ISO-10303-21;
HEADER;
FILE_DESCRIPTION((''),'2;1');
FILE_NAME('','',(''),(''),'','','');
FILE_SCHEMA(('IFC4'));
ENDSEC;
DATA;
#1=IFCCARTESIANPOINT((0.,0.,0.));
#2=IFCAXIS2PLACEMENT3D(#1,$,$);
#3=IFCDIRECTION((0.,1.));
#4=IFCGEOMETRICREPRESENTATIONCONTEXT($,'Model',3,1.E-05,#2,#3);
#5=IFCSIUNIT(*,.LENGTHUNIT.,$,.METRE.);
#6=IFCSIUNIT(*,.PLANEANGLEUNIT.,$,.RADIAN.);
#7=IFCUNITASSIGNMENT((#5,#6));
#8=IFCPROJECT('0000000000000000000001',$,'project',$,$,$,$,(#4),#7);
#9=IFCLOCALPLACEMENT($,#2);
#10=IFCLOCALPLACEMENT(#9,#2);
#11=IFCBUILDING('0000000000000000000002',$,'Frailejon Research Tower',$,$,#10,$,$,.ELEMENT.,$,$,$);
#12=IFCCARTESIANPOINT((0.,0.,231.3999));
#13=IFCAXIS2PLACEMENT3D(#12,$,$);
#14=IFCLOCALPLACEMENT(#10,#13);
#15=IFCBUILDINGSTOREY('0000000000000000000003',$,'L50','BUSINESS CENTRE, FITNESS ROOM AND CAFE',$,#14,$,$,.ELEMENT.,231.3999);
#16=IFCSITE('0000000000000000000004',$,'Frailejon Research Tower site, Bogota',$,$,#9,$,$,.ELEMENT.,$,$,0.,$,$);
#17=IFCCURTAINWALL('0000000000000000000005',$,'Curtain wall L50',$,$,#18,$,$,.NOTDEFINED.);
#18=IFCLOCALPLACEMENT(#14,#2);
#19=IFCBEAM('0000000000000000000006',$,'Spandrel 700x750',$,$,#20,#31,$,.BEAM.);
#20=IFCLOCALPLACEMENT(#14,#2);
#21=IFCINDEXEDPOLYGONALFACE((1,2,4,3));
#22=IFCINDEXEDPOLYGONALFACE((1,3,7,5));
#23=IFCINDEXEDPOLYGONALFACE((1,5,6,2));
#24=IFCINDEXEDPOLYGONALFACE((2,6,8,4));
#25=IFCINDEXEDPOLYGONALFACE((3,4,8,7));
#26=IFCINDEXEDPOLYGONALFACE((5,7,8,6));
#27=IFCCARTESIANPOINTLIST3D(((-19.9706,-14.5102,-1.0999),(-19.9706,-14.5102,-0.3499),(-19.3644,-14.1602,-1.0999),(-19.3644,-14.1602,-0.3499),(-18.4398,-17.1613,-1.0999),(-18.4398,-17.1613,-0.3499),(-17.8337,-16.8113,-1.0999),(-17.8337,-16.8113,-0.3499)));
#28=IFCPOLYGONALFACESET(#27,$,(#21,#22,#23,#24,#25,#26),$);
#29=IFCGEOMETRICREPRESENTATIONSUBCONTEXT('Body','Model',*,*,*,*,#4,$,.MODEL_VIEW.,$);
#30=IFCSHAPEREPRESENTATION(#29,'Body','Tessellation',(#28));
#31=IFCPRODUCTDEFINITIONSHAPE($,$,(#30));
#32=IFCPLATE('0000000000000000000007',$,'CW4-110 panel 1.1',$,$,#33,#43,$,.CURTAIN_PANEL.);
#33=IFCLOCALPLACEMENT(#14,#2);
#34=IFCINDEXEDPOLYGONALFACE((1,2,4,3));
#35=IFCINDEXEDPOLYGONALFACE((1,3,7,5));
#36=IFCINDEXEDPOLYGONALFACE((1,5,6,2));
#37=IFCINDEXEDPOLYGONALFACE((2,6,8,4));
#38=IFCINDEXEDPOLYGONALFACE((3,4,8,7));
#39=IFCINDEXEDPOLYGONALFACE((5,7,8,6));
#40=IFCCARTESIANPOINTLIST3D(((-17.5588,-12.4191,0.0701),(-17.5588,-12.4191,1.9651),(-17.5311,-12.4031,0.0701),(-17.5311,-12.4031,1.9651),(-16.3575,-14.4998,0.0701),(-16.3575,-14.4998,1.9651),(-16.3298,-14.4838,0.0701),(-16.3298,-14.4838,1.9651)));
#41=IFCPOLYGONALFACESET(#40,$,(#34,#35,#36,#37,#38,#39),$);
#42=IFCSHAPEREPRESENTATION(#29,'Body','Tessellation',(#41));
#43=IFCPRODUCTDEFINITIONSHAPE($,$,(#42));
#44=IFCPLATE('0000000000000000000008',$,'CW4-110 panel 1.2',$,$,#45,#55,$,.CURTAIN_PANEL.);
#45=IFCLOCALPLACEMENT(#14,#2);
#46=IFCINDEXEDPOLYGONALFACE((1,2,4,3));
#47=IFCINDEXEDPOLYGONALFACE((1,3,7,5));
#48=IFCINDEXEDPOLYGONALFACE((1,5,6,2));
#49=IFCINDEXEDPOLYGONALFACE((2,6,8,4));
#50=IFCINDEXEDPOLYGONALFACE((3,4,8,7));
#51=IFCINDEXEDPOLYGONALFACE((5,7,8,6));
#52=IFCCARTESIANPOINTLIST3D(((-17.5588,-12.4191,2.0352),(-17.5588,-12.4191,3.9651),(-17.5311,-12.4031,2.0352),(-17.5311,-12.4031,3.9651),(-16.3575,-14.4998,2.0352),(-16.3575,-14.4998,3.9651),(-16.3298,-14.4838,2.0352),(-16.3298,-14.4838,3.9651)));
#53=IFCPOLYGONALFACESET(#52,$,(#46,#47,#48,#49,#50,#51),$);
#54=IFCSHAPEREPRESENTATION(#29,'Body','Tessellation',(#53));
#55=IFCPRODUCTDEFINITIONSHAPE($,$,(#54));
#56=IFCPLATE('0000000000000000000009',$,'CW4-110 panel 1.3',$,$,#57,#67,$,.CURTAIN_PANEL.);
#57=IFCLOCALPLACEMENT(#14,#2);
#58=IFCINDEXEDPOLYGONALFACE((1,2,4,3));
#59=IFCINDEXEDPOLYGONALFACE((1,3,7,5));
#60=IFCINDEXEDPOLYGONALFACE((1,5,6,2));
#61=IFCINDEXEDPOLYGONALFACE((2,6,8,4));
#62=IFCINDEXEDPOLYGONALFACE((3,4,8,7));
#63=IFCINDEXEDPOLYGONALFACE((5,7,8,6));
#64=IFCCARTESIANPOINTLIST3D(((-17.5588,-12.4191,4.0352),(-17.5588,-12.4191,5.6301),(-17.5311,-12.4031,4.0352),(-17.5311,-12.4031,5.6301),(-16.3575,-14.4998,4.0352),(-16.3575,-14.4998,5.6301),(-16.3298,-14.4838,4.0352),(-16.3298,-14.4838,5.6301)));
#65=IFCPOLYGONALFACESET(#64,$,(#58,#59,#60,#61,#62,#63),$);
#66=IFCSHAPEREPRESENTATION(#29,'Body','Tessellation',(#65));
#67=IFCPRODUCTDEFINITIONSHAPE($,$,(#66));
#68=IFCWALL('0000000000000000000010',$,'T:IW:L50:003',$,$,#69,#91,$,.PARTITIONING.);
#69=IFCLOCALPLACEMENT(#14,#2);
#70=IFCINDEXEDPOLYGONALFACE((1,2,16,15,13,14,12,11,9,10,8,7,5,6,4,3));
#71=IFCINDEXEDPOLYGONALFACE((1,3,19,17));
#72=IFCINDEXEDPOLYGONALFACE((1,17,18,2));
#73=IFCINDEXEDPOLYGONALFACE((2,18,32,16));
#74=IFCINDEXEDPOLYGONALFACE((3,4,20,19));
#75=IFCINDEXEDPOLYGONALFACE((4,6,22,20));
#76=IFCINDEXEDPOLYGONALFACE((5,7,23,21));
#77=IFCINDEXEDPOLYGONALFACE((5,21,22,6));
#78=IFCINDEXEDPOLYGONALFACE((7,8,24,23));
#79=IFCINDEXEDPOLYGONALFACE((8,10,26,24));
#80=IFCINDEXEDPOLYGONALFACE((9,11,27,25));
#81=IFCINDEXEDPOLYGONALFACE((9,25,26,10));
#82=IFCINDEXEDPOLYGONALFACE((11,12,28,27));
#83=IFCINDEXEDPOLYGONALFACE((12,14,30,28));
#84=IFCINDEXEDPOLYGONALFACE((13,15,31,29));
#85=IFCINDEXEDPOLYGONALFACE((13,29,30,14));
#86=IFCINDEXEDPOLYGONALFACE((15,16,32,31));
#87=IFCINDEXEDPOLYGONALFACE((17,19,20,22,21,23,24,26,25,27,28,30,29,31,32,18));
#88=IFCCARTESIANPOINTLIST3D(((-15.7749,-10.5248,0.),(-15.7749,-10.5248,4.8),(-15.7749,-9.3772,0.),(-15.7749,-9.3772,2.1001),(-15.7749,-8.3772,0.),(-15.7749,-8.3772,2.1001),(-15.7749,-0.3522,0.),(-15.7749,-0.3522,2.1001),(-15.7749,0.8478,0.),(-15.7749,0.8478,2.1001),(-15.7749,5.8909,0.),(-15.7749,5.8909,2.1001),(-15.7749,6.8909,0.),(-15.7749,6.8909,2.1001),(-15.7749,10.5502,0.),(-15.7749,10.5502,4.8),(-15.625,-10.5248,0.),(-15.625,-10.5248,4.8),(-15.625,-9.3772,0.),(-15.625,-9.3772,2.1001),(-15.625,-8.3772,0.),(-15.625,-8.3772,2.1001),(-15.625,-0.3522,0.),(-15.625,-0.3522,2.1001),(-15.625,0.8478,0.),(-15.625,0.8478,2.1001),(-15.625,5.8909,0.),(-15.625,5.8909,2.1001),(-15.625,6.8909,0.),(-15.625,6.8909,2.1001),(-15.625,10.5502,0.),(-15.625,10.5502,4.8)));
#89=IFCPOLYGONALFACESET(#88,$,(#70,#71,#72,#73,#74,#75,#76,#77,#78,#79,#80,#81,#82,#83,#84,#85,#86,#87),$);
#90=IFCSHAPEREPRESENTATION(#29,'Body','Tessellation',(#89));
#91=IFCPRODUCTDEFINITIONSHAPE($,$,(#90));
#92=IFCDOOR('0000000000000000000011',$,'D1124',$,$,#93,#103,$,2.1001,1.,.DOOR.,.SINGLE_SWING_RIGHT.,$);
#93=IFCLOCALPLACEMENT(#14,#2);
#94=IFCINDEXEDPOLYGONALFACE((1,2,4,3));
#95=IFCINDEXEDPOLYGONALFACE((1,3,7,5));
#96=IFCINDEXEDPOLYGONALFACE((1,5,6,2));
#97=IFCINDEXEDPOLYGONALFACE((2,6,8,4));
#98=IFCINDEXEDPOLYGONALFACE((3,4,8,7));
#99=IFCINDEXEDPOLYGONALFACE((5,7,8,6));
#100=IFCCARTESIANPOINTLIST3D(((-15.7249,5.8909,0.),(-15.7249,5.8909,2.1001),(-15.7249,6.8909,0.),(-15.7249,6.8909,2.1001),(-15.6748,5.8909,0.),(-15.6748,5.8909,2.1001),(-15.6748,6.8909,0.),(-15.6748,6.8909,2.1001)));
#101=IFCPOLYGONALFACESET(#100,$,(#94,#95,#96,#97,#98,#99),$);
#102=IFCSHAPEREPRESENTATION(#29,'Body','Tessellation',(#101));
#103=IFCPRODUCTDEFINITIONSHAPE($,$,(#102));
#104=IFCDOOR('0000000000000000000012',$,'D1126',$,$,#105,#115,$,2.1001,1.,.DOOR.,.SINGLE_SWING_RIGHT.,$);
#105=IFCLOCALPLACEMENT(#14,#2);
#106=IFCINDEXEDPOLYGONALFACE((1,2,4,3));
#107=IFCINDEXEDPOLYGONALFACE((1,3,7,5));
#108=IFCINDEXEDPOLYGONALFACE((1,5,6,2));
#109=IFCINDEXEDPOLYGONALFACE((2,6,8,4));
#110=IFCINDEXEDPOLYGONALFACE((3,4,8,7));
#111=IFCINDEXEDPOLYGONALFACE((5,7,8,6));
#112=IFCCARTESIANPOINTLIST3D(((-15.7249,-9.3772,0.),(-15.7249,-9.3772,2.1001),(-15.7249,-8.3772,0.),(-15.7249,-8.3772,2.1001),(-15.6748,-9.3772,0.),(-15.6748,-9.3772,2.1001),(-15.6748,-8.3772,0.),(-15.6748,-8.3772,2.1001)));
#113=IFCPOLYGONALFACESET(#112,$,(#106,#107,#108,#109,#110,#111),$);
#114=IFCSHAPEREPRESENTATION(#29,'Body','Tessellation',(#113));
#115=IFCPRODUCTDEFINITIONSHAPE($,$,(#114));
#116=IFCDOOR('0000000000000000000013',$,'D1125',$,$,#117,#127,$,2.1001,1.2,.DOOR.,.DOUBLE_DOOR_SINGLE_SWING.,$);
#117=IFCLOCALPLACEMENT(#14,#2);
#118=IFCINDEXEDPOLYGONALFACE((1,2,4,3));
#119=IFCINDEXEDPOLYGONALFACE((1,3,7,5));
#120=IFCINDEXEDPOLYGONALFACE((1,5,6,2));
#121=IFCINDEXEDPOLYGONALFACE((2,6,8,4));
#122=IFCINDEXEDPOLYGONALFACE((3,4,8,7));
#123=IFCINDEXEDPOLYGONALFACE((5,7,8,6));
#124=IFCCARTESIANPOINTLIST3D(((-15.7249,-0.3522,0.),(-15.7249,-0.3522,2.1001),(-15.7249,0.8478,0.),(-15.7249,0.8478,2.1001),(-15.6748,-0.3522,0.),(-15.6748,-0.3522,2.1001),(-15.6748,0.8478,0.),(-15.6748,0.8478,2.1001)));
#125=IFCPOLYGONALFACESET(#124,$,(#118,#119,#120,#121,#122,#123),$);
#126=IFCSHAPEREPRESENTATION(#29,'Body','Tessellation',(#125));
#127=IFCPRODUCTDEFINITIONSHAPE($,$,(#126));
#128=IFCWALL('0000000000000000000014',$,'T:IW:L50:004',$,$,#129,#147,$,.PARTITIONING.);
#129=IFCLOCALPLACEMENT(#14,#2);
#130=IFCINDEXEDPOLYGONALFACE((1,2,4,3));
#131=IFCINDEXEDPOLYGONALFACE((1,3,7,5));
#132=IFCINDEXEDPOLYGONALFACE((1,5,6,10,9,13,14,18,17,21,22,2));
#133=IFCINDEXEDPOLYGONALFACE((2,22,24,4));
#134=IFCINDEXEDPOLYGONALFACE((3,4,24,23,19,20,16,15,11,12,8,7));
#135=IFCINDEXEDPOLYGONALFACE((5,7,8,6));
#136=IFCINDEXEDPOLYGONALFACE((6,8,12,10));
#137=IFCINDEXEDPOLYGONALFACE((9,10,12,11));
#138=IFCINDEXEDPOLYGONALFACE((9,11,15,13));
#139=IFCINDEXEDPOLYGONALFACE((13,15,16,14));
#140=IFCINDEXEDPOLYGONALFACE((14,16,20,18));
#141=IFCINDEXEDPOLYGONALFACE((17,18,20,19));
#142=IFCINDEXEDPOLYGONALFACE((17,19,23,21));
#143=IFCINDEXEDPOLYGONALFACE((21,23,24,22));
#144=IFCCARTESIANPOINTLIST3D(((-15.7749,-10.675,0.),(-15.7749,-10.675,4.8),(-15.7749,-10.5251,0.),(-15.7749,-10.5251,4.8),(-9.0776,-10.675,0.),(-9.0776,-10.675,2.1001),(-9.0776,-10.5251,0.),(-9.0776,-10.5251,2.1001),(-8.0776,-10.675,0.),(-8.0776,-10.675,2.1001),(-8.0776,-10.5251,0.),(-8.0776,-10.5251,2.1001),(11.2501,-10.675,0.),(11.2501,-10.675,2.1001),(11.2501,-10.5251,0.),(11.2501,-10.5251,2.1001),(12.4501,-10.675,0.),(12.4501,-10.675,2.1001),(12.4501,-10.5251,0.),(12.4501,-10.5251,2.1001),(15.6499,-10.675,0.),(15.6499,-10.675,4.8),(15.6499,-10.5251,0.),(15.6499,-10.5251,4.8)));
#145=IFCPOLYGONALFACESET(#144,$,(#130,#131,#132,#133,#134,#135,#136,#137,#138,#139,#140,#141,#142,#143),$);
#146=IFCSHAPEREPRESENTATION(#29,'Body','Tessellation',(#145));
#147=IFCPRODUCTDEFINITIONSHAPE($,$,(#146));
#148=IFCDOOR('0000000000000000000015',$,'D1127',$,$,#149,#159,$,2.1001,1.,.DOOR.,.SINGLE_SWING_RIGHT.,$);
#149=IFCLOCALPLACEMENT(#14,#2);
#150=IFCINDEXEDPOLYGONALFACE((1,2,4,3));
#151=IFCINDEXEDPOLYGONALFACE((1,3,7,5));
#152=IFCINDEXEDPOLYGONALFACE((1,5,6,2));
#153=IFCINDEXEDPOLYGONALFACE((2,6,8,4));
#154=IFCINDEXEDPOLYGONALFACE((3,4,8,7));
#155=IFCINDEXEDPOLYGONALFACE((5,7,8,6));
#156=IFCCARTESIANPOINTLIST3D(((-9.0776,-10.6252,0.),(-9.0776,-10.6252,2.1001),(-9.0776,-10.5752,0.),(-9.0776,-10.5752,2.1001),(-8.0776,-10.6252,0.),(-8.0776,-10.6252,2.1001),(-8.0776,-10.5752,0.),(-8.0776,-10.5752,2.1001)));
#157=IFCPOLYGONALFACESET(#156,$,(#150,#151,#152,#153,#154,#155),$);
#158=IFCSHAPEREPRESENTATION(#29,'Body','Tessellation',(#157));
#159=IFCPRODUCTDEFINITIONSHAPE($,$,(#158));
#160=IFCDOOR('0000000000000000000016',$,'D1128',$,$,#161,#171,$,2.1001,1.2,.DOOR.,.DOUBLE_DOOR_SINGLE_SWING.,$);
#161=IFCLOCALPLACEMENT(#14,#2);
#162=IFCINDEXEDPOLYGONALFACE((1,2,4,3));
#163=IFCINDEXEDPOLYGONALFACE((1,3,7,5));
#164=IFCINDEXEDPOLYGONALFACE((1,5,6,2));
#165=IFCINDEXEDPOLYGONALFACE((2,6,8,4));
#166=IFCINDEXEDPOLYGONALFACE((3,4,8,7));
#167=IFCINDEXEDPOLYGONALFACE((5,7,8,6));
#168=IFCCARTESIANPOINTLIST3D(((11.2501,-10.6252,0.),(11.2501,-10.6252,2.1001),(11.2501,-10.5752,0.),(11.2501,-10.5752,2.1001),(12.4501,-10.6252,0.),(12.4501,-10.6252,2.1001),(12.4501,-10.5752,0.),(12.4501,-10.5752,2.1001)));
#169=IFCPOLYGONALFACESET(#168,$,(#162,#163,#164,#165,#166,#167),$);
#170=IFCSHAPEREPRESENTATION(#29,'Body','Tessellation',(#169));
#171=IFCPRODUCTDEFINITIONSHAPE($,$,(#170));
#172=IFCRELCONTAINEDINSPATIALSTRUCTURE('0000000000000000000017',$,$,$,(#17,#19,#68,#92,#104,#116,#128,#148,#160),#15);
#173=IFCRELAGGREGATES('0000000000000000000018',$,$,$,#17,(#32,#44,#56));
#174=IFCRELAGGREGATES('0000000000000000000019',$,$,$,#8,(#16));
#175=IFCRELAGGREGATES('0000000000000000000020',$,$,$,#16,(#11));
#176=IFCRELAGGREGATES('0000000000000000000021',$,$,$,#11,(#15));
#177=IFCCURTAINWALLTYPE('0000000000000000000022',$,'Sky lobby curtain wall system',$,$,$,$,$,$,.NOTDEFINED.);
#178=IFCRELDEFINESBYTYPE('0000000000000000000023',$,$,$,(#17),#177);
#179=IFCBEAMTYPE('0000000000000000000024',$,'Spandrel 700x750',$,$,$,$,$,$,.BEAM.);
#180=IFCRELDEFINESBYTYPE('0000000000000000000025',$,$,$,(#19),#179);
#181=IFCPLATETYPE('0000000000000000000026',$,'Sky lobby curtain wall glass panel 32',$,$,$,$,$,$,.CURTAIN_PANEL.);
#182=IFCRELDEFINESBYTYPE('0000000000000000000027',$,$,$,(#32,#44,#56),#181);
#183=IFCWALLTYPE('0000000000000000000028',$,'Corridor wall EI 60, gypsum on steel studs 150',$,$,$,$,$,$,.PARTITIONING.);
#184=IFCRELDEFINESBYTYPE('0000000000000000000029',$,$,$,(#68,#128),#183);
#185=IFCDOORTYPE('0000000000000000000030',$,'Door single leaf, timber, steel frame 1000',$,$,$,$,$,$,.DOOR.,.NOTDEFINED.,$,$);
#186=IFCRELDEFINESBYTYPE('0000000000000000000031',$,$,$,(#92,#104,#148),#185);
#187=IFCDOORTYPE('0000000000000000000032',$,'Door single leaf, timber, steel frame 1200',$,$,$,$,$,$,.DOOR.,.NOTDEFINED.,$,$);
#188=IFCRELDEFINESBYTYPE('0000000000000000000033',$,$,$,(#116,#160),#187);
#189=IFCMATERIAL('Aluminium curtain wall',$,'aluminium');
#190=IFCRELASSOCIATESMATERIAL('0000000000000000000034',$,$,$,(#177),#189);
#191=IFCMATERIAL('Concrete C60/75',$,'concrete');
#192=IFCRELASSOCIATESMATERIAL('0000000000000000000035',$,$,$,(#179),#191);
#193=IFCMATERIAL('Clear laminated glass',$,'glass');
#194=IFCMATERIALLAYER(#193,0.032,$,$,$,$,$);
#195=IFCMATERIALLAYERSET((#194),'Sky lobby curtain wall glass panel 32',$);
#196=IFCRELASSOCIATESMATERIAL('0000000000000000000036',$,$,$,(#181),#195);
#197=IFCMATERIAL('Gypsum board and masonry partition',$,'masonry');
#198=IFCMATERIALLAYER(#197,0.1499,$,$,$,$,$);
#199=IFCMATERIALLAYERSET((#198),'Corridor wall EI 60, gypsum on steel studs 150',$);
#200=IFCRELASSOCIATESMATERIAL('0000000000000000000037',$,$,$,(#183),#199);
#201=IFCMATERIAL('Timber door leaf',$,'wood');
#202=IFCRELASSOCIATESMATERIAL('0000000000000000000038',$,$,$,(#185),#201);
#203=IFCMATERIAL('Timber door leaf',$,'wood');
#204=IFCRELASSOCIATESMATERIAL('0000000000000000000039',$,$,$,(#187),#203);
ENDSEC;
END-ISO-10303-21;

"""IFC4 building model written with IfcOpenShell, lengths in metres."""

from ifc_helpers import new_model, si_unit, direction, frame, frame_2d, origin, origin_2d, place, context, subcontext, project, spatial, rectangle, extrude, material, layer, layer_set, material_profile, profile_set, type_object, element, fill, aggregate, save


model = new_model("IFC4")

# Units and contexts
model_context = context("Model", 3, precision=1e-05, world=origin(), true_north=direction((0.0, 1.0)))
body_context = subcontext(model_context, "Body", "Model", "MODEL_VIEW")
ifc_project = project(units=[si_unit("LENGTHUNIT", "METRE"), si_unit("PLANEANGLEUNIT", "RADIAN")], contexts=[model_context])

# Site, building, storey
site_placement = place(None, origin())
site = spatial("IfcSite", under=ifc_project, at=site_placement, Name="Frailejon Research Tower site, Bogota", CompositionType="ELEMENT", RefElevation=0.0)
building_placement = place(site_placement, origin())
building = spatial("IfcBuilding", under=site, at=building_placement, Name="Frailejon Research Tower", CompositionType="ELEMENT")
storey_placement = place(building_placement, frame((0.0, 0.0, 231.3999)))
storey = spatial("IfcBuildingStorey", under=building, at=storey_placement, Name="L50", Description="BUSINESS CENTRE, FITNESS ROOM AND CAFE", CompositionType="ELEMENT", Elevation=231.3999)

# Shared definitions
ifc_material_1 = material(Name="Aluminium curtain wall", Category="aluminium")
curtain_wall_type = type_object("IfcCurtainWallType", Name="Sky lobby curtain wall system", PredefinedType="NOTDEFINED", material=ifc_material_1)

# Curtain wall
curtain_wall_1_placement = place(storey_placement, origin())
curtain_wall_1 = element("IfcCurtainWall", 1, at=curtain_wall_1_placement, inside=storey, type_object=curtain_wall_type, Name="Curtain wall L50", PredefinedType="NOTDEFINED")

# Beam
ifc_material_2 = material(Name="Concrete C60/75", Category="concrete")
ifc_material_profile_1 = material_profile(ifc_material_2, rectangle(XDim=0.7, YDim=0.75, at=origin_2d()), Name="Spandrel 700x750")
ifc_profile_set_1 = profile_set([ifc_material_profile_1], Name="Concrete C60/75")
beam_type_1 = type_object("IfcBeamType", Name="Spandrel 700x750", PredefinedType="BEAM", material=ifc_profile_set_1)
beam_1_placement = place(storey_placement, frame((-19.6675, -14.3352, -0.7249), z_axis=(0.500033, -0.866006, 0.0), x_axis=(0.866006, 0.500033, 0.0)))
element("IfcBeam", 2, at=beam_1_placement, inside=storey, type_object=beam_type_1, Name="Spandrel 700x750", PredefinedType="BEAM", context=body_context, shape_type="SweptSolid", body=[
    extrude(rectangle(XDim=0.7, YDim=0.75, at=origin_2d()), origin(), (0.0, 0.0, 1.0), 3.0613),
])

# Plates
ifc_material_3 = material(Name="Clear laminated glass", Category="glass")
ifc_layer_1 = layer(ifc_material_3, 0.032)
ifc_layer_set_1 = layer_set([ifc_layer_1], Name="Sky lobby curtain wall glass panel 32")
plate_type = type_object("IfcPlateType", Name="Sky lobby curtain wall glass panel 32", PredefinedType="CURTAIN_PANEL", material=ifc_layer_set_1)
plate_1_placement = place(storey_placement, frame((-16.9443, -13.4514, 0.0701), z_axis=(0.0, 0.0, 1.0), x_axis=(0.500001, -0.866025, 0.0)))
plate_1 = element("IfcPlate", 3, at=plate_1_placement, type_object=plate_type, Name="CW4-110 panel 1.1", PredefinedType="CURTAIN_PANEL", context=body_context, shape_type="SweptSolid", body=[
    extrude(rectangle(XDim=2.4026, YDim=0.032, at=origin_2d()), origin(), (0.0, 0.0, 1.0), 1.895),
])
plate_2_placement = place(storey_placement, frame((-16.9443, -13.4514, 2.0352), z_axis=(0.0, 0.0, 1.0), x_axis=(0.500001, -0.866025, 0.0)))
plate_2 = element("IfcPlate", 4, at=plate_2_placement, type_object=plate_type, Name="CW4-110 panel 1.2", PredefinedType="CURTAIN_PANEL", context=body_context, shape_type="SweptSolid", body=[
    extrude(rectangle(XDim=2.4026, YDim=0.032, at=origin_2d()), origin(), (0.0, 0.0, 1.0), 1.9299),
])
plate_3_placement = place(storey_placement, frame((-16.9443, -13.4514, 4.0352), z_axis=(0.0, 0.0, 1.0), x_axis=(0.500001, -0.866025, 0.0)))
plate_3 = element("IfcPlate", 5, at=plate_3_placement, type_object=plate_type, Name="CW4-110 panel 1.3", PredefinedType="CURTAIN_PANEL", context=body_context, shape_type="SweptSolid", body=[
    extrude(rectangle(XDim=2.4026, YDim=0.032, at=origin_2d()), origin(), (0.0, 0.0, 1.0), 1.595),
])
aggregate(curtain_wall_1, [plate_1, plate_2, plate_3])

# Walls, openings, doors
ifc_material_4 = material(Name="Gypsum board and masonry partition", Category="masonry")
ifc_layer_2 = layer(ifc_material_4, 0.1499)
ifc_layer_set_2 = layer_set([ifc_layer_2], Name="Corridor wall EI 60, gypsum on steel studs 150")
wall_type_1 = type_object("IfcWallType", Name="Corridor wall EI 60, gypsum on steel studs 150", PredefinedType="PARTITIONING", material=ifc_layer_set_2)
wall_1_placement = place(storey_placement, frame((-15.7, -10.5249, 0.0), z_axis=(0.0, 0.0, 1.0), x_axis=(0.0, 1.0, 0.0)))
wall_1 = element("IfcWall", 6, at=wall_1_placement, inside=storey, type_object=wall_type_1, Name="T:IW:L50:003", PredefinedType="PARTITIONING", context=body_context, shape_type="SweptSolid", body=[
    extrude(rectangle(XDim=21.075, YDim=0.1499, at=frame_2d((10.5376, 0.0))), origin(), (0.0, 0.0, 1.0), 4.8),
])
opening_1_placement = place(wall_1_placement, frame((16.4158, 0.0, 0.0)))
opening_1 = element("IfcOpeningElement", 7, at=opening_1_placement, cuts=wall_1, PredefinedType="OPENING", context=body_context, shape_type="SweptSolid", body=[
    extrude(rectangle(XDim=1.0, YDim=2.1001, at=frame_2d((0.5, 1.05))), frame((0.0, 0.085, 0.0), z_axis=(0.0, -1.0, 0.0), x_axis=(1.0, 0.0, 0.0)), (0.0, 0.0, 1.0), 0.1699),
])
opening_2_placement = place(wall_1_placement, frame((10.1726, 0.0, 0.0)))
opening_2 = element("IfcOpeningElement", 8, at=opening_2_placement, cuts=wall_1, PredefinedType="OPENING", context=body_context, shape_type="SweptSolid", body=[
    extrude(rectangle(XDim=1.2, YDim=2.1001, at=frame_2d((0.6001, 1.05))), frame((0.0, 0.085, 0.0), z_axis=(0.0, -1.0, 0.0), x_axis=(1.0, 0.0, 0.0)), (0.0, 0.0, 1.0), 0.1699),
])
opening_3_placement = place(wall_1_placement, frame((1.1477, 0.0, 0.0)))
opening_3 = element("IfcOpeningElement", 9, at=opening_3_placement, cuts=wall_1, PredefinedType="OPENING", context=body_context, shape_type="SweptSolid", body=[
    extrude(rectangle(XDim=1.0, YDim=2.1001, at=frame_2d((0.5, 1.05))), frame((0.0, 0.085, 0.0), z_axis=(0.0, -1.0, 0.0), x_axis=(1.0, 0.0, 0.0)), (0.0, 0.0, 1.0), 0.1699),
])
ifc_material_5 = material(Name="Timber door leaf", Category="wood")
door_type_1 = type_object("IfcDoorType", Name="Door single leaf, timber, steel frame 1000", OperationType="NOTDEFINED", PredefinedType="DOOR", material=ifc_material_5)
door_1_placement = place(opening_1_placement, origin())
door_1 = element("IfcDoor", 10, at=door_1_placement, inside=storey, type_object=door_type_1, Name="D1124", OperationType="SINGLE_SWING_RIGHT", OverallHeight=2.1001, OverallWidth=1.0, PredefinedType="DOOR", context=body_context, shape_type="SweptSolid", body=[
    extrude(rectangle(XDim=1.0, YDim=2.1001, at=frame_2d((0.5, 1.05))), frame((0.0, 0.0249, 0.0), z_axis=(0.0, -1.0, 0.0), x_axis=(1.0, 0.0, 0.0)), (0.0, 0.0, 1.0), 0.05),
])
fill(opening_1, door_1)
door_2_placement = place(opening_3_placement, origin())
door_2 = element("IfcDoor", 11, at=door_2_placement, inside=storey, type_object=door_type_1, Name="D1126", OperationType="SINGLE_SWING_RIGHT", OverallHeight=2.1001, OverallWidth=1.0, PredefinedType="DOOR", context=body_context, shape_type="SweptSolid", body=[
    extrude(rectangle(XDim=1.0, YDim=2.1001, at=frame_2d((0.5, 1.05))), frame((0.0, 0.0249, 0.0), z_axis=(0.0, -1.0, 0.0), x_axis=(1.0, 0.0, 0.0)), (0.0, 0.0, 1.0), 0.05),
])
fill(opening_3, door_2)
ifc_material_6 = material(Name="Timber door leaf", Category="wood")
door_type_2 = type_object("IfcDoorType", Name="Door single leaf, timber, steel frame 1200", OperationType="NOTDEFINED", PredefinedType="DOOR", material=ifc_material_6)
door_3_placement = place(opening_2_placement, origin())
door_3 = element("IfcDoor", 12, at=door_3_placement, inside=storey, type_object=door_type_2, Name="D1125", OperationType="DOUBLE_DOOR_SINGLE_SWING", OverallHeight=2.1001, OverallWidth=1.2, PredefinedType="DOOR", context=body_context, shape_type="SweptSolid", body=[
    extrude(rectangle(XDim=1.2, YDim=2.1001, at=frame_2d((0.6001, 1.05))), frame((0.0, 0.0249, 0.0), z_axis=(0.0, -1.0, 0.0), x_axis=(1.0, 0.0, 0.0)), (0.0, 0.0, 1.0), 0.05),
])
fill(opening_2, door_3)
wall_2_placement = place(storey_placement, frame((-15.7749, -10.6001, 0.0), z_axis=(0.0, 0.0, 1.0), x_axis=(1.0, 0.0, 0.0)))
wall_2 = element("IfcWall", 13, at=wall_2_placement, inside=storey, type_object=wall_type_1, Name="T:IW:L50:004", PredefinedType="PARTITIONING", context=body_context, shape_type="SweptSolid", body=[
    extrude(rectangle(XDim=31.4248, YDim=0.1499, at=frame_2d((15.7124, 0.0))), origin(), (0.0, 0.0, 1.0), 4.8),
])
opening_4_placement = place(wall_2_placement, frame((6.6973, 0.0, 0.0)))
opening_4 = element("IfcOpeningElement", 14, at=opening_4_placement, cuts=wall_2, PredefinedType="OPENING", context=body_context, shape_type="SweptSolid", body=[
    extrude(rectangle(XDim=1.0, YDim=2.1001, at=frame_2d((0.5, 1.05))), frame((0.0, 0.085, 0.0), z_axis=(0.0, -1.0, 0.0), x_axis=(1.0, 0.0, 0.0)), (0.0, 0.0, 1.0), 0.1699),
])
opening_5_placement = place(wall_2_placement, frame((27.0249, 0.0, 0.0)))
opening_5 = element("IfcOpeningElement", 15, at=opening_5_placement, cuts=wall_2, PredefinedType="OPENING", context=body_context, shape_type="SweptSolid", body=[
    extrude(rectangle(XDim=1.2, YDim=2.1001, at=frame_2d((0.6001, 1.05))), frame((0.0, 0.085, 0.0), z_axis=(0.0, -1.0, 0.0), x_axis=(1.0, 0.0, 0.0)), (0.0, 0.0, 1.0), 0.1699),
])
door_4_placement = place(opening_4_placement, origin())
door_4 = element("IfcDoor", 16, at=door_4_placement, inside=storey, type_object=door_type_1, Name="D1127", OperationType="SINGLE_SWING_RIGHT", OverallHeight=2.1001, OverallWidth=1.0, PredefinedType="DOOR", context=body_context, shape_type="SweptSolid", body=[
    extrude(rectangle(XDim=1.0, YDim=2.1001, at=frame_2d((0.5, 1.05))), frame((0.0, 0.0249, 0.0), z_axis=(0.0, -1.0, 0.0), x_axis=(1.0, 0.0, 0.0)), (0.0, 0.0, 1.0), 0.05),
])
fill(opening_4, door_4)
door_5_placement = place(opening_5_placement, origin())
door_5 = element("IfcDoor", 17, at=door_5_placement, inside=storey, type_object=door_type_2, Name="D1128", OperationType="DOUBLE_DOOR_SINGLE_SWING", OverallHeight=2.1001, OverallWidth=1.2, PredefinedType="DOOR", context=body_context, shape_type="SweptSolid", body=[
    extrude(rectangle(XDim=1.2, YDim=2.1001, at=frame_2d((0.6001, 1.05))), frame((0.0, 0.0249, 0.0), z_axis=(0.0, -1.0, 0.0), x_axis=(1.0, 0.0, 0.0)), (0.0, 0.0, 1.0), 0.05),
])
fill(opening_5, door_5)

save(model, "model.ifc")
